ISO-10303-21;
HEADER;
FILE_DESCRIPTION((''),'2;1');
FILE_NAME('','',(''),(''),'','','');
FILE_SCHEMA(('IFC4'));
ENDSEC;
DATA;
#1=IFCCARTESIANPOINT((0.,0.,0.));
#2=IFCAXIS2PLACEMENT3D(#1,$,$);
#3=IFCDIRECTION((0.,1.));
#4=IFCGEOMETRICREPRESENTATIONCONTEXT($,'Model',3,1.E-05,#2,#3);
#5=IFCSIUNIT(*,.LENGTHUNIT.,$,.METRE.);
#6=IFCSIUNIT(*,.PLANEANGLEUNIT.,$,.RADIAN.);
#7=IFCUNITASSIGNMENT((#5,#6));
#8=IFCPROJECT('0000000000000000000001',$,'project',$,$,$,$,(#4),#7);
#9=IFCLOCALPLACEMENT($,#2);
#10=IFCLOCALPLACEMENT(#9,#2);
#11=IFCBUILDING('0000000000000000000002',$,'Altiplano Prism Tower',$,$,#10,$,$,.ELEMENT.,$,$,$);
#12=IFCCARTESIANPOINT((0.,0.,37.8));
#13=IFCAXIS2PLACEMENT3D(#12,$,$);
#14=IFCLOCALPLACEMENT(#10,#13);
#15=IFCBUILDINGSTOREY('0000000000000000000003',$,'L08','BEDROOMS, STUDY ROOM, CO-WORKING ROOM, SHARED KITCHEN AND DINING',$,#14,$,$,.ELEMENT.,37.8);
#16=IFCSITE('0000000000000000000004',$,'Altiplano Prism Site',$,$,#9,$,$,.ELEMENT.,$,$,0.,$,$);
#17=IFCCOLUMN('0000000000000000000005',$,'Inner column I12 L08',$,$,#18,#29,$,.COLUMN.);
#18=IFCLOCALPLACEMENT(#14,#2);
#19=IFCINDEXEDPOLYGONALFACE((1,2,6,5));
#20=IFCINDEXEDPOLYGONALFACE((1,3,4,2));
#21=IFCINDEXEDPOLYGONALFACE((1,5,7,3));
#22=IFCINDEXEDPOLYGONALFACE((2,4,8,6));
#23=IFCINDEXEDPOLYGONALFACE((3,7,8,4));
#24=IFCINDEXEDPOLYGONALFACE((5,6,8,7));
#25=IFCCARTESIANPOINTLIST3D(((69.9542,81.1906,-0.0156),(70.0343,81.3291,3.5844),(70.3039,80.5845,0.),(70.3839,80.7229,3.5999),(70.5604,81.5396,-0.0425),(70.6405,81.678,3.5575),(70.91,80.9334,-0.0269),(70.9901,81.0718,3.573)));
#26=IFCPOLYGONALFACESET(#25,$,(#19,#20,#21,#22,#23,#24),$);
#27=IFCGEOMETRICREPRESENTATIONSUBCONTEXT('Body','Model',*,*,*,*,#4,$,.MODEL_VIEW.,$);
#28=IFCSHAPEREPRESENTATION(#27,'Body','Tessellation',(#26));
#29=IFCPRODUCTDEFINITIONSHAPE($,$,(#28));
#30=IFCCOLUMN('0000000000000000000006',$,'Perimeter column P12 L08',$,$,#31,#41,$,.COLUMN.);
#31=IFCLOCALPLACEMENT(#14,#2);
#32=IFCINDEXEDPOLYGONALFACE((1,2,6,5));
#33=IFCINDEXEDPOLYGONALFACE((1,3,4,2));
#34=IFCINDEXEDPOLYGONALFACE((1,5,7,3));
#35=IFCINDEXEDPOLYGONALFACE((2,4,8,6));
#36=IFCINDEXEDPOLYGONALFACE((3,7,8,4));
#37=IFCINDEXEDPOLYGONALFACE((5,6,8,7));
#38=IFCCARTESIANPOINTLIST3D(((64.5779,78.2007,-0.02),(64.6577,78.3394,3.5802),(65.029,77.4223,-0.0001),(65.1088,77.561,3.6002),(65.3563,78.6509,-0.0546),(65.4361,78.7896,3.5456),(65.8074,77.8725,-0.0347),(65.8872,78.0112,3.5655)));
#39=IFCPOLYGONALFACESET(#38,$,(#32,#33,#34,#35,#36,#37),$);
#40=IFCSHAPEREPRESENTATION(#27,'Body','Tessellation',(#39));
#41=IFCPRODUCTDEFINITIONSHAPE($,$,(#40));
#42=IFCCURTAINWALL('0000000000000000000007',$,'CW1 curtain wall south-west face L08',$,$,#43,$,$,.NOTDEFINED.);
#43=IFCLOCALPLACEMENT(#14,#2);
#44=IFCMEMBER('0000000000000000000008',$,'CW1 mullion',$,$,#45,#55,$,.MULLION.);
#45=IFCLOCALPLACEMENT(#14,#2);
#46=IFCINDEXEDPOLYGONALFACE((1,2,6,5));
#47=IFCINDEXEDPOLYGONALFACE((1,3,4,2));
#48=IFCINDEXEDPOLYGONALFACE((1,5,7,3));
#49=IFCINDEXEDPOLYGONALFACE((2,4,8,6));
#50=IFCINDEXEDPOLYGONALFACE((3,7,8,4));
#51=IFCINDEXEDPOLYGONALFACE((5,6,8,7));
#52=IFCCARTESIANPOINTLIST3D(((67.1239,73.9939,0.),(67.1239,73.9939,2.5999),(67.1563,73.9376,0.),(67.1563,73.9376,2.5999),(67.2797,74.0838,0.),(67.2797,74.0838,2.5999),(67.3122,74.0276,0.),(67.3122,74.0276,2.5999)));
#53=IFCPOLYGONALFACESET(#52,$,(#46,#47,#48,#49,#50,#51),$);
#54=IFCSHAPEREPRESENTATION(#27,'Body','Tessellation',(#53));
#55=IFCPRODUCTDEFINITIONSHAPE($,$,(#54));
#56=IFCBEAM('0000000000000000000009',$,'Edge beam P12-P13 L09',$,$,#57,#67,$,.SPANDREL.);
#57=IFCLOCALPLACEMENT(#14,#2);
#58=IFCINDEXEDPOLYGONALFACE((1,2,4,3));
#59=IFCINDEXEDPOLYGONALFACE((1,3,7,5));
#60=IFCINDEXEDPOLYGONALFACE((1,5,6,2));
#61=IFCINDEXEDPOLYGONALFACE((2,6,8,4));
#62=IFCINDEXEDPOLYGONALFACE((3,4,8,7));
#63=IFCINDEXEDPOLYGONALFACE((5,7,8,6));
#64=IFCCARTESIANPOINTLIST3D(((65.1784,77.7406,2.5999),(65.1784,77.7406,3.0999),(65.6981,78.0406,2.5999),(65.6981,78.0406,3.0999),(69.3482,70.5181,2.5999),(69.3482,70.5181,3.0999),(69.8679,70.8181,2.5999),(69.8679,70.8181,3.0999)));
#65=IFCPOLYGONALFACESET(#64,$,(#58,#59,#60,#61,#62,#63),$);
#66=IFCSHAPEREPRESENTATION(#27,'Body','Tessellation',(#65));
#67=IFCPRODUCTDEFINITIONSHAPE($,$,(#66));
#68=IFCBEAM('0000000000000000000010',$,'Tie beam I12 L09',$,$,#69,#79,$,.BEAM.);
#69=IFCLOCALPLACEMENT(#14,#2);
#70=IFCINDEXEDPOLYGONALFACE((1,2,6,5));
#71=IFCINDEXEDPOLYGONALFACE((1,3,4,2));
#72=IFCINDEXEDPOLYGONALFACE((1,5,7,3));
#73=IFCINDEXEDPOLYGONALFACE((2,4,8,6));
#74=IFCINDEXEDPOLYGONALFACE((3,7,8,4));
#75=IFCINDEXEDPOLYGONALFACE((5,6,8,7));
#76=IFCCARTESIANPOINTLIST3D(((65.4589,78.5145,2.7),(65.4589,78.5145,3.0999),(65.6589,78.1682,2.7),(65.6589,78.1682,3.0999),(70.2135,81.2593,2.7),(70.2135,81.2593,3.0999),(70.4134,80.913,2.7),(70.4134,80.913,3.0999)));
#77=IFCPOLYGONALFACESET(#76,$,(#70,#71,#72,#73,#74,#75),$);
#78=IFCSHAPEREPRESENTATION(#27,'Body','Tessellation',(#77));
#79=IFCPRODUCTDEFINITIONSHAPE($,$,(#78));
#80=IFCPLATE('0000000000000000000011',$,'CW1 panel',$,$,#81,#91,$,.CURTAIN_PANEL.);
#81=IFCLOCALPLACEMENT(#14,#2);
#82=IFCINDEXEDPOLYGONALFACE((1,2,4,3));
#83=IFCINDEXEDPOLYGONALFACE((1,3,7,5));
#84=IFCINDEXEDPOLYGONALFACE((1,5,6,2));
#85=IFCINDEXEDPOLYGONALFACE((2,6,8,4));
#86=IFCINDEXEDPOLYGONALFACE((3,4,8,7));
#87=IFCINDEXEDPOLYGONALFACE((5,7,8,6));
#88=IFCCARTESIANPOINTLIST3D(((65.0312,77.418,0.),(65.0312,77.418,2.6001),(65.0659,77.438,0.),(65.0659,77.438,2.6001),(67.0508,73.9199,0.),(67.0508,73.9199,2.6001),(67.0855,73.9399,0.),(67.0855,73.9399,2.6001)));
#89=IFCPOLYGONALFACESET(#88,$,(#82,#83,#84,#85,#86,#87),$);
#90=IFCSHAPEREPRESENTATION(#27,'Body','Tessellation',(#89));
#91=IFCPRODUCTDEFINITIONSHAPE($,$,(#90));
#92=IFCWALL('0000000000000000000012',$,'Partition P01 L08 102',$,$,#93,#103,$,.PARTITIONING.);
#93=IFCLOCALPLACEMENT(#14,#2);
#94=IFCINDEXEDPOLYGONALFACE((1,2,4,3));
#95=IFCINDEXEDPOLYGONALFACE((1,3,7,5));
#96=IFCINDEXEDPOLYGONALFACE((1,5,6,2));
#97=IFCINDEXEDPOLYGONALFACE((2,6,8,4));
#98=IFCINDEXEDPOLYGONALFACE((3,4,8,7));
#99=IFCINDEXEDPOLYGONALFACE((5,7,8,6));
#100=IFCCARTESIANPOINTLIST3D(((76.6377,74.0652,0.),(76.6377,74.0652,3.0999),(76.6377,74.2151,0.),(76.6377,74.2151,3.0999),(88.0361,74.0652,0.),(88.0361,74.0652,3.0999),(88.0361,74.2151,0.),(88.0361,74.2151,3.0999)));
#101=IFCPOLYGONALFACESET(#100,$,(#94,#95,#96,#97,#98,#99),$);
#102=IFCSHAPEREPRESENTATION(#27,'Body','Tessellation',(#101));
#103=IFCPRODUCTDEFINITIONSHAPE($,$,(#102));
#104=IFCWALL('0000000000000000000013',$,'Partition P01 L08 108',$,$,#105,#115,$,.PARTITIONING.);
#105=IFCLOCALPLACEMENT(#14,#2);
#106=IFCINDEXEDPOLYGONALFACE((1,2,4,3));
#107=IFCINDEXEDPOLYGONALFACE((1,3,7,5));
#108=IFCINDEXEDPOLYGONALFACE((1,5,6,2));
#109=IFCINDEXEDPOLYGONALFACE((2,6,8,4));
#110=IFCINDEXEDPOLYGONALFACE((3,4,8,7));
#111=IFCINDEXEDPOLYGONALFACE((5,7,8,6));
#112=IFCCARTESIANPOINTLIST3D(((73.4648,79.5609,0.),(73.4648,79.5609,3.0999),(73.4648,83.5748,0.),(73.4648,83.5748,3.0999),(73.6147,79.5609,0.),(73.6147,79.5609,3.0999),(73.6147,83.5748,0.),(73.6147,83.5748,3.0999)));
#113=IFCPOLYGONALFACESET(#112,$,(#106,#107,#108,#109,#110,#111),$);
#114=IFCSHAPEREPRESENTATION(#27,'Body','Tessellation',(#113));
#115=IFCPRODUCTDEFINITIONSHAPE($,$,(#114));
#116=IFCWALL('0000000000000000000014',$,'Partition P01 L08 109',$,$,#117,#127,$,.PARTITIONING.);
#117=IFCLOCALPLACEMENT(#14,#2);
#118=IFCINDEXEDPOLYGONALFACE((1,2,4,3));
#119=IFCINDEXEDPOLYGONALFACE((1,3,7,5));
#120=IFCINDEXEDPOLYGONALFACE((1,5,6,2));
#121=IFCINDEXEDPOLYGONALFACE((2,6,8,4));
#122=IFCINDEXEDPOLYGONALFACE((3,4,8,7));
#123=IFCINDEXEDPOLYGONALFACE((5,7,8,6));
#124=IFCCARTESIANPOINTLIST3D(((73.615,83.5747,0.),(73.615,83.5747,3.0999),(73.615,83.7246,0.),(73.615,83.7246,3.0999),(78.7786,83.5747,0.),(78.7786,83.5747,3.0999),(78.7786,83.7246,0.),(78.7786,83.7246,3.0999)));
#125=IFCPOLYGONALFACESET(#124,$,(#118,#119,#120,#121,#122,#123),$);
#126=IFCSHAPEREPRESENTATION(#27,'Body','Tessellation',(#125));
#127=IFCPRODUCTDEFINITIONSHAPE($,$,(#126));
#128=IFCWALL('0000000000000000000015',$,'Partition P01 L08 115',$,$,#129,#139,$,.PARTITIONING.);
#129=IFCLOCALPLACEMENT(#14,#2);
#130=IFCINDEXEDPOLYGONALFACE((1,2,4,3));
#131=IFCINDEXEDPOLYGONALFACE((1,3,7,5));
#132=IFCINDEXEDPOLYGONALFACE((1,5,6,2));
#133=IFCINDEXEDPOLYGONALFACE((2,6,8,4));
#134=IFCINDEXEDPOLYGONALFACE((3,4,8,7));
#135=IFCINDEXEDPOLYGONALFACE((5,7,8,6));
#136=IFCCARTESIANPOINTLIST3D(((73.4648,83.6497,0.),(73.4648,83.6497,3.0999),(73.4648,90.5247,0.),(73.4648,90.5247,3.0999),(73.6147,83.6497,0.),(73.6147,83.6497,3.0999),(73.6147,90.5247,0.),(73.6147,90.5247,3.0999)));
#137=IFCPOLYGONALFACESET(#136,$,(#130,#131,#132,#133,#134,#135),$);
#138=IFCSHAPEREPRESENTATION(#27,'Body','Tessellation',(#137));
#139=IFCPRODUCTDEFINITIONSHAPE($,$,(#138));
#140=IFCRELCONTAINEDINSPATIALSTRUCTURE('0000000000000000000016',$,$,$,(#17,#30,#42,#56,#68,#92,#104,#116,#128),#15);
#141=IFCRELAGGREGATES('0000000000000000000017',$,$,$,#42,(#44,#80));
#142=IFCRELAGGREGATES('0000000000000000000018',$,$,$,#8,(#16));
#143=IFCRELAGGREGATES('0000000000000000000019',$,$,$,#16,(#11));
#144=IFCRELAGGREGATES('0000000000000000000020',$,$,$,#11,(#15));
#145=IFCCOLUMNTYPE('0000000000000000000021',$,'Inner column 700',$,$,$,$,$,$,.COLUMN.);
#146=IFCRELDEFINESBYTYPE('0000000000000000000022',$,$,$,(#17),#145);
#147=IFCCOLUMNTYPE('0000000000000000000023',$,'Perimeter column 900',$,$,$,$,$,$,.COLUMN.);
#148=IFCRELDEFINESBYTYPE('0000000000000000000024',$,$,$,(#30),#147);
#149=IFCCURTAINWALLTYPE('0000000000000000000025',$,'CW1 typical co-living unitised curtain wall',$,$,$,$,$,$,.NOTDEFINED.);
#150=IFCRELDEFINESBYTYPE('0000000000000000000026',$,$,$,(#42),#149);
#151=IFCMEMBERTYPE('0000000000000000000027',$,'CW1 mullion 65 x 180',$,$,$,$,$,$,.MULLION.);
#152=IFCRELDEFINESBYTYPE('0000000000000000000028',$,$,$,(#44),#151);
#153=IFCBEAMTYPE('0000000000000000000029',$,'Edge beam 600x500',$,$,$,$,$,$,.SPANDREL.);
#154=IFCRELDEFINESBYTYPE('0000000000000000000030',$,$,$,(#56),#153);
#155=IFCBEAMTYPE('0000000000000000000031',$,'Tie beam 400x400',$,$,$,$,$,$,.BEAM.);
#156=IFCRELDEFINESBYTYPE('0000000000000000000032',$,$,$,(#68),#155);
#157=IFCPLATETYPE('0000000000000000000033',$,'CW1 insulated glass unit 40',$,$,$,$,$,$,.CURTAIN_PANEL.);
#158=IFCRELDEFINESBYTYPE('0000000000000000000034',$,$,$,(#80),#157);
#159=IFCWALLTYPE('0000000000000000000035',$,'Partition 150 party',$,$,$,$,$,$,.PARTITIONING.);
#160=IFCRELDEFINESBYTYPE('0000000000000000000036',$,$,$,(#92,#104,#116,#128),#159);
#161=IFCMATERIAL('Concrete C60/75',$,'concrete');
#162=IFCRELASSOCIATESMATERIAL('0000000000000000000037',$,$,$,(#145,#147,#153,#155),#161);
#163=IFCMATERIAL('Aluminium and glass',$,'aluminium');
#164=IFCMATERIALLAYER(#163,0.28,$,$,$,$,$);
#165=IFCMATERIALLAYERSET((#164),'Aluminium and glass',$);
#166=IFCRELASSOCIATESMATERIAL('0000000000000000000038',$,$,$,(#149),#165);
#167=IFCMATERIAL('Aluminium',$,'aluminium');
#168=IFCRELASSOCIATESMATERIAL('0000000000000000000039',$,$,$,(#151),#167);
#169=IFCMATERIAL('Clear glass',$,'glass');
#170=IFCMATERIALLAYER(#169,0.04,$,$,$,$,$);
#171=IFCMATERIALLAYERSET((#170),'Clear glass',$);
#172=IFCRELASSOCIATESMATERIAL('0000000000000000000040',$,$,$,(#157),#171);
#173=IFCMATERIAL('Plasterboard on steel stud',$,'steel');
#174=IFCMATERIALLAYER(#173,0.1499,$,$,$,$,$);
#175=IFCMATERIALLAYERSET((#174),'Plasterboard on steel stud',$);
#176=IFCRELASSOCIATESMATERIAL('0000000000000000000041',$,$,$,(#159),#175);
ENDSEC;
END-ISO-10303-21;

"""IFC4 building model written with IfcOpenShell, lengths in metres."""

from ifc_helpers import new_model, si_unit, direction, frame, frame_2d, origin, origin_2d, place, context, subcontext, project, spatial, rectangle, extrude, material, layer, layer_set, material_profile, profile_set, type_object, element, aggregate, save


model = new_model("IFC4")

# Units and contexts
model_context = context("Model", 3, precision=1e-05, world=origin(), true_north=direction((0.0, 1.0)))
body_context = subcontext(model_context, "Body", "Model", "MODEL_VIEW")
ifc_project = project(units=[si_unit("LENGTHUNIT", "METRE"), si_unit("PLANEANGLEUNIT", "RADIAN")], contexts=[model_context])

# Site, building, storey
site_placement = place(None, origin())
site = spatial("IfcSite", under=ifc_project, at=site_placement, Name="Altiplano Prism Site", CompositionType="ELEMENT", RefElevation=0.0)
building_placement = place(site_placement, origin())
building = spatial("IfcBuilding", under=site, at=building_placement, Name="Altiplano Prism Tower", CompositionType="ELEMENT")
storey_placement = place(building_placement, frame((0.0, 0.0, 37.8)))
storey = spatial("IfcBuildingStorey", under=building, at=storey_placement, Name="L08", Description="BEDROOMS, STUDY ROOM, CO-WORKING ROOM, SHARED KITCHEN AND DINING", CompositionType="ELEMENT", Elevation=37.8)

# Columns
ifc_material_1 = material(Name="Concrete C60/75", Category="concrete")
ifc_material_profile_1 = material_profile(ifc_material_1, rectangle(XDim=0.7, YDim=0.7, at=origin_2d()), Name="Inner column 700")
ifc_profile_set_1 = profile_set([ifc_material_profile_1], Name="Concrete C60/75")
column_type_1 = type_object("IfcColumnType", Name="Inner column 700", PredefinedType="COLUMN", material=ifc_profile_set_1)
column_1_placement = place(storey_placement, frame((70.4321, 81.062, -0.0212), z_axis=(0.022223, 0.038416, 0.999015), x_axis=(-0.866026, -0.49852, 0.038435)))
element("IfcColumn", 1, at=column_1_placement, inside=storey, type_object=column_type_1, Name="Inner column I12 L08", PredefinedType="COLUMN", context=body_context, shape_type="SweptSolid", body=[
    extrude(rectangle(XDim=0.7, YDim=0.7, at=origin_2d()), origin(), (0.0, 0.0, 1.0), 3.6035),
])
ifc_material_profile_2 = material_profile(ifc_material_1, rectangle(XDim=0.8999, YDim=0.8999, at=origin_2d()), Name="Perimeter column 900")
ifc_profile_set_2 = profile_set([ifc_material_profile_2], Name="Concrete C60/75")
column_type_2 = type_object("IfcColumnType", Name="Perimeter column 900", PredefinedType="COLUMN", material=ifc_profile_set_2)
column_2_placement = place(storey_placement, frame((65.1926, 78.0366, -0.0273), z_axis=(0.022154, 0.038481, 0.999014), x_axis=(-0.864984, -0.500324, 0.038453)))
element("IfcColumn", 2, at=column_2_placement, inside=storey, type_object=column_type_2, Name="Perimeter column P12 L08", PredefinedType="COLUMN", context=body_context, shape_type="SweptSolid", body=[
    extrude(rectangle(XDim=0.8999, YDim=0.8999, at=origin_2d()), origin(), (0.0, 0.0, 1.0), 3.6038),
])

# Curtain wall, member
ifc_material_2 = material(Name="Aluminium and glass", Category="aluminium")
ifc_layer_1 = layer(ifc_material_2, 0.28)
ifc_layer_set_1 = layer_set([ifc_layer_1], Name="Aluminium and glass")
curtain_wall_type = type_object("IfcCurtainWallType", Name="CW1 typical co-living unitised curtain wall", PredefinedType="NOTDEFINED", material=ifc_layer_set_1)
curtain_wall_placement = place(storey_placement, origin())
curtain_wall = element("IfcCurtainWall", 3, at=curtain_wall_placement, inside=storey, type_object=curtain_wall_type, Name="CW1 curtain wall south-west face L08", PredefinedType="NOTDEFINED")
ifc_material_3 = material(Name="Aluminium", Category="aluminium")
ifc_material_profile_3 = material_profile(ifc_material_3, rectangle(XDim=0.1799, YDim=0.0649, at=origin_2d()), Name="CW1 mullion 65 x 180")
ifc_profile_set_3 = profile_set([ifc_material_profile_3], Name="Aluminium")
member_type = type_object("IfcMemberType", Name="CW1 mullion 65 x 180", PredefinedType="MULLION", material=ifc_profile_set_3)
member_placement = place(storey_placement, frame((67.218, 74.0107, 0.0), z_axis=(0.0, 0.0, 1.0), x_axis=(0.866025, 0.5, 0.0)))
member = element("IfcMember", 4, at=member_placement, type_object=member_type, Name="CW1 mullion", PredefinedType="MULLION", context=body_context, shape_type="SweptSolid", body=[
    extrude(rectangle(XDim=0.1799, YDim=0.0649, at=origin_2d()), origin(), (0.0, 0.0, 1.0), 2.5999),
])

# Beams
ifc_material_profile_4 = material_profile(ifc_material_1, rectangle(XDim=0.6001, YDim=0.5, at=origin_2d()), Name="Edge beam 600x500")
ifc_profile_set_4 = profile_set([ifc_material_profile_4], Name="Concrete C60/75")
beam_type_1 = type_object("IfcBeamType", Name="Edge beam 600x500", PredefinedType="SPANDREL", material=ifc_profile_set_4)
beam_1_placement = place(storey_placement, frame((65.4382, 77.8906, 2.8499), z_axis=(0.499993, -0.86603, 0.0), x_axis=(0.86603, 0.499993, 0.0)))
element("IfcBeam", 5, at=beam_1_placement, inside=storey, type_object=beam_type_1, Name="Edge beam P12-P13 L09", PredefinedType="SPANDREL", context=body_context, shape_type="SweptSolid", body=[
    extrude(rectangle(XDim=0.6001, YDim=0.5, at=origin_2d()), origin(), (0.0, 0.0, 1.0), 8.3398),
])
ifc_material_profile_5 = material_profile(ifc_material_1, rectangle(XDim=0.3999, YDim=0.3999, at=origin_2d()), Name="Tie beam 400x400")
ifc_profile_set_5 = profile_set([ifc_material_profile_5], Name="Concrete C60/75")
beam_type_2 = type_object("IfcBeamType", Name="Tie beam 400x400", PredefinedType="BEAM", material=ifc_profile_set_5)
beam_2_placement = place(storey_placement, frame((70.3135, 81.0862, 2.8999), z_axis=(-0.866043, -0.49997, 0.0), x_axis=(0.49997, -0.866043, 0.0)))
element("IfcBeam", 6, at=beam_2_placement, inside=storey, type_object=beam_type_2, Name="Tie beam I12 L09", PredefinedType="BEAM", context=body_context, shape_type="SweptSolid", body=[
    extrude(rectangle(XDim=0.3999, YDim=0.3999, at=origin_2d()), origin(), (0.0, 0.0, 1.0), 5.49),
])

# Plate
ifc_material_4 = material(Name="Clear glass", Category="glass")
ifc_layer_2 = layer(ifc_material_4, 0.04)
ifc_layer_set_2 = layer_set([ifc_layer_2], Name="Clear glass")
plate_type = type_object("IfcPlateType", Name="CW1 insulated glass unit 40", PredefinedType="CURTAIN_PANEL", material=ifc_layer_set_2)
plate_placement = place(storey_placement, frame((66.0583, 75.679, 0.0), z_axis=(0.0, 0.0, 1.0), x_axis=(0.5, -0.866025, 0.0)))
plate = element("IfcPlate", 7, at=plate_placement, type_object=plate_type, Name="CW1 panel", PredefinedType="CURTAIN_PANEL", context=body_context, shape_type="SweptSolid", body=[
    extrude(rectangle(XDim=4.0393, YDim=0.04, at=origin_2d()), origin(), (0.0, 0.0, 1.0), 2.6001),
])
aggregate(curtain_wall, [member, plate])

# Walls
ifc_material_5 = material(Name="Plasterboard on steel stud", Category="steel")
ifc_layer_3 = layer(ifc_material_5, 0.1499)
ifc_layer_set_3 = layer_set([ifc_layer_3], Name="Plasterboard on steel stud")
wall_type = type_object("IfcWallType", Name="Partition 150 party", PredefinedType="PARTITIONING", material=ifc_layer_set_3)
wall_1_placement = place(storey_placement, frame((76.6377, 74.1401, 0.0), z_axis=(0.0, 0.0, 1.0), x_axis=(1.0, 0.0, 0.0)))
element("IfcWall", 8, at=wall_1_placement, inside=storey, type_object=wall_type, Name="Partition P01 L08 102", PredefinedType="PARTITIONING", context=body_context, shape_type="SweptSolid", body=[
    extrude(rectangle(XDim=11.3984, YDim=0.1499, at=frame_2d((5.6992, 0.0))), origin(), (0.0, 0.0, 1.0), 3.0999),
])
wall_2_placement = place(storey_placement, frame((73.5398, 83.5747, 0.0), z_axis=(0.0, 0.0, 1.0), x_axis=(0.0, -1.0, 0.0)))
element("IfcWall", 9, at=wall_2_placement, inside=storey, type_object=wall_type, Name="Partition P01 L08 108", PredefinedType="PARTITIONING", context=body_context, shape_type="SweptSolid", body=[
    extrude(rectangle(XDim=4.0139, YDim=0.1499, at=frame_2d((2.0068, 0.0))), origin(), (0.0, 0.0, 1.0), 3.0999),
])
wall_3_placement = place(storey_placement, frame((78.7786, 83.6497, 0.0), z_axis=(0.0, 0.0, 1.0), x_axis=(-1.0, 0.0, 0.0)))
element("IfcWall", 10, at=wall_3_placement, inside=storey, type_object=wall_type, Name="Partition P01 L08 109", PredefinedType="PARTITIONING", context=body_context, shape_type="SweptSolid", body=[
    extrude(rectangle(XDim=5.1636, YDim=0.1499, at=frame_2d((2.5818, 0.0))), origin(), (0.0, 0.0, 1.0), 3.0999),
])
wall_4_placement = place(storey_placement, frame((73.5398, 83.6497, 0.0), z_axis=(0.0, 0.0, 1.0), x_axis=(0.0, 1.0, 0.0)))
element("IfcWall", 11, at=wall_4_placement, inside=storey, type_object=wall_type, Name="Partition P01 L08 115", PredefinedType="PARTITIONING", context=body_context, shape_type="SweptSolid", body=[
    extrude(rectangle(XDim=6.875, YDim=0.1499, at=frame_2d((3.4375, 0.0))), origin(), (0.0, 0.0, 1.0), 3.0999),
])

save(model, "model.ifc")
